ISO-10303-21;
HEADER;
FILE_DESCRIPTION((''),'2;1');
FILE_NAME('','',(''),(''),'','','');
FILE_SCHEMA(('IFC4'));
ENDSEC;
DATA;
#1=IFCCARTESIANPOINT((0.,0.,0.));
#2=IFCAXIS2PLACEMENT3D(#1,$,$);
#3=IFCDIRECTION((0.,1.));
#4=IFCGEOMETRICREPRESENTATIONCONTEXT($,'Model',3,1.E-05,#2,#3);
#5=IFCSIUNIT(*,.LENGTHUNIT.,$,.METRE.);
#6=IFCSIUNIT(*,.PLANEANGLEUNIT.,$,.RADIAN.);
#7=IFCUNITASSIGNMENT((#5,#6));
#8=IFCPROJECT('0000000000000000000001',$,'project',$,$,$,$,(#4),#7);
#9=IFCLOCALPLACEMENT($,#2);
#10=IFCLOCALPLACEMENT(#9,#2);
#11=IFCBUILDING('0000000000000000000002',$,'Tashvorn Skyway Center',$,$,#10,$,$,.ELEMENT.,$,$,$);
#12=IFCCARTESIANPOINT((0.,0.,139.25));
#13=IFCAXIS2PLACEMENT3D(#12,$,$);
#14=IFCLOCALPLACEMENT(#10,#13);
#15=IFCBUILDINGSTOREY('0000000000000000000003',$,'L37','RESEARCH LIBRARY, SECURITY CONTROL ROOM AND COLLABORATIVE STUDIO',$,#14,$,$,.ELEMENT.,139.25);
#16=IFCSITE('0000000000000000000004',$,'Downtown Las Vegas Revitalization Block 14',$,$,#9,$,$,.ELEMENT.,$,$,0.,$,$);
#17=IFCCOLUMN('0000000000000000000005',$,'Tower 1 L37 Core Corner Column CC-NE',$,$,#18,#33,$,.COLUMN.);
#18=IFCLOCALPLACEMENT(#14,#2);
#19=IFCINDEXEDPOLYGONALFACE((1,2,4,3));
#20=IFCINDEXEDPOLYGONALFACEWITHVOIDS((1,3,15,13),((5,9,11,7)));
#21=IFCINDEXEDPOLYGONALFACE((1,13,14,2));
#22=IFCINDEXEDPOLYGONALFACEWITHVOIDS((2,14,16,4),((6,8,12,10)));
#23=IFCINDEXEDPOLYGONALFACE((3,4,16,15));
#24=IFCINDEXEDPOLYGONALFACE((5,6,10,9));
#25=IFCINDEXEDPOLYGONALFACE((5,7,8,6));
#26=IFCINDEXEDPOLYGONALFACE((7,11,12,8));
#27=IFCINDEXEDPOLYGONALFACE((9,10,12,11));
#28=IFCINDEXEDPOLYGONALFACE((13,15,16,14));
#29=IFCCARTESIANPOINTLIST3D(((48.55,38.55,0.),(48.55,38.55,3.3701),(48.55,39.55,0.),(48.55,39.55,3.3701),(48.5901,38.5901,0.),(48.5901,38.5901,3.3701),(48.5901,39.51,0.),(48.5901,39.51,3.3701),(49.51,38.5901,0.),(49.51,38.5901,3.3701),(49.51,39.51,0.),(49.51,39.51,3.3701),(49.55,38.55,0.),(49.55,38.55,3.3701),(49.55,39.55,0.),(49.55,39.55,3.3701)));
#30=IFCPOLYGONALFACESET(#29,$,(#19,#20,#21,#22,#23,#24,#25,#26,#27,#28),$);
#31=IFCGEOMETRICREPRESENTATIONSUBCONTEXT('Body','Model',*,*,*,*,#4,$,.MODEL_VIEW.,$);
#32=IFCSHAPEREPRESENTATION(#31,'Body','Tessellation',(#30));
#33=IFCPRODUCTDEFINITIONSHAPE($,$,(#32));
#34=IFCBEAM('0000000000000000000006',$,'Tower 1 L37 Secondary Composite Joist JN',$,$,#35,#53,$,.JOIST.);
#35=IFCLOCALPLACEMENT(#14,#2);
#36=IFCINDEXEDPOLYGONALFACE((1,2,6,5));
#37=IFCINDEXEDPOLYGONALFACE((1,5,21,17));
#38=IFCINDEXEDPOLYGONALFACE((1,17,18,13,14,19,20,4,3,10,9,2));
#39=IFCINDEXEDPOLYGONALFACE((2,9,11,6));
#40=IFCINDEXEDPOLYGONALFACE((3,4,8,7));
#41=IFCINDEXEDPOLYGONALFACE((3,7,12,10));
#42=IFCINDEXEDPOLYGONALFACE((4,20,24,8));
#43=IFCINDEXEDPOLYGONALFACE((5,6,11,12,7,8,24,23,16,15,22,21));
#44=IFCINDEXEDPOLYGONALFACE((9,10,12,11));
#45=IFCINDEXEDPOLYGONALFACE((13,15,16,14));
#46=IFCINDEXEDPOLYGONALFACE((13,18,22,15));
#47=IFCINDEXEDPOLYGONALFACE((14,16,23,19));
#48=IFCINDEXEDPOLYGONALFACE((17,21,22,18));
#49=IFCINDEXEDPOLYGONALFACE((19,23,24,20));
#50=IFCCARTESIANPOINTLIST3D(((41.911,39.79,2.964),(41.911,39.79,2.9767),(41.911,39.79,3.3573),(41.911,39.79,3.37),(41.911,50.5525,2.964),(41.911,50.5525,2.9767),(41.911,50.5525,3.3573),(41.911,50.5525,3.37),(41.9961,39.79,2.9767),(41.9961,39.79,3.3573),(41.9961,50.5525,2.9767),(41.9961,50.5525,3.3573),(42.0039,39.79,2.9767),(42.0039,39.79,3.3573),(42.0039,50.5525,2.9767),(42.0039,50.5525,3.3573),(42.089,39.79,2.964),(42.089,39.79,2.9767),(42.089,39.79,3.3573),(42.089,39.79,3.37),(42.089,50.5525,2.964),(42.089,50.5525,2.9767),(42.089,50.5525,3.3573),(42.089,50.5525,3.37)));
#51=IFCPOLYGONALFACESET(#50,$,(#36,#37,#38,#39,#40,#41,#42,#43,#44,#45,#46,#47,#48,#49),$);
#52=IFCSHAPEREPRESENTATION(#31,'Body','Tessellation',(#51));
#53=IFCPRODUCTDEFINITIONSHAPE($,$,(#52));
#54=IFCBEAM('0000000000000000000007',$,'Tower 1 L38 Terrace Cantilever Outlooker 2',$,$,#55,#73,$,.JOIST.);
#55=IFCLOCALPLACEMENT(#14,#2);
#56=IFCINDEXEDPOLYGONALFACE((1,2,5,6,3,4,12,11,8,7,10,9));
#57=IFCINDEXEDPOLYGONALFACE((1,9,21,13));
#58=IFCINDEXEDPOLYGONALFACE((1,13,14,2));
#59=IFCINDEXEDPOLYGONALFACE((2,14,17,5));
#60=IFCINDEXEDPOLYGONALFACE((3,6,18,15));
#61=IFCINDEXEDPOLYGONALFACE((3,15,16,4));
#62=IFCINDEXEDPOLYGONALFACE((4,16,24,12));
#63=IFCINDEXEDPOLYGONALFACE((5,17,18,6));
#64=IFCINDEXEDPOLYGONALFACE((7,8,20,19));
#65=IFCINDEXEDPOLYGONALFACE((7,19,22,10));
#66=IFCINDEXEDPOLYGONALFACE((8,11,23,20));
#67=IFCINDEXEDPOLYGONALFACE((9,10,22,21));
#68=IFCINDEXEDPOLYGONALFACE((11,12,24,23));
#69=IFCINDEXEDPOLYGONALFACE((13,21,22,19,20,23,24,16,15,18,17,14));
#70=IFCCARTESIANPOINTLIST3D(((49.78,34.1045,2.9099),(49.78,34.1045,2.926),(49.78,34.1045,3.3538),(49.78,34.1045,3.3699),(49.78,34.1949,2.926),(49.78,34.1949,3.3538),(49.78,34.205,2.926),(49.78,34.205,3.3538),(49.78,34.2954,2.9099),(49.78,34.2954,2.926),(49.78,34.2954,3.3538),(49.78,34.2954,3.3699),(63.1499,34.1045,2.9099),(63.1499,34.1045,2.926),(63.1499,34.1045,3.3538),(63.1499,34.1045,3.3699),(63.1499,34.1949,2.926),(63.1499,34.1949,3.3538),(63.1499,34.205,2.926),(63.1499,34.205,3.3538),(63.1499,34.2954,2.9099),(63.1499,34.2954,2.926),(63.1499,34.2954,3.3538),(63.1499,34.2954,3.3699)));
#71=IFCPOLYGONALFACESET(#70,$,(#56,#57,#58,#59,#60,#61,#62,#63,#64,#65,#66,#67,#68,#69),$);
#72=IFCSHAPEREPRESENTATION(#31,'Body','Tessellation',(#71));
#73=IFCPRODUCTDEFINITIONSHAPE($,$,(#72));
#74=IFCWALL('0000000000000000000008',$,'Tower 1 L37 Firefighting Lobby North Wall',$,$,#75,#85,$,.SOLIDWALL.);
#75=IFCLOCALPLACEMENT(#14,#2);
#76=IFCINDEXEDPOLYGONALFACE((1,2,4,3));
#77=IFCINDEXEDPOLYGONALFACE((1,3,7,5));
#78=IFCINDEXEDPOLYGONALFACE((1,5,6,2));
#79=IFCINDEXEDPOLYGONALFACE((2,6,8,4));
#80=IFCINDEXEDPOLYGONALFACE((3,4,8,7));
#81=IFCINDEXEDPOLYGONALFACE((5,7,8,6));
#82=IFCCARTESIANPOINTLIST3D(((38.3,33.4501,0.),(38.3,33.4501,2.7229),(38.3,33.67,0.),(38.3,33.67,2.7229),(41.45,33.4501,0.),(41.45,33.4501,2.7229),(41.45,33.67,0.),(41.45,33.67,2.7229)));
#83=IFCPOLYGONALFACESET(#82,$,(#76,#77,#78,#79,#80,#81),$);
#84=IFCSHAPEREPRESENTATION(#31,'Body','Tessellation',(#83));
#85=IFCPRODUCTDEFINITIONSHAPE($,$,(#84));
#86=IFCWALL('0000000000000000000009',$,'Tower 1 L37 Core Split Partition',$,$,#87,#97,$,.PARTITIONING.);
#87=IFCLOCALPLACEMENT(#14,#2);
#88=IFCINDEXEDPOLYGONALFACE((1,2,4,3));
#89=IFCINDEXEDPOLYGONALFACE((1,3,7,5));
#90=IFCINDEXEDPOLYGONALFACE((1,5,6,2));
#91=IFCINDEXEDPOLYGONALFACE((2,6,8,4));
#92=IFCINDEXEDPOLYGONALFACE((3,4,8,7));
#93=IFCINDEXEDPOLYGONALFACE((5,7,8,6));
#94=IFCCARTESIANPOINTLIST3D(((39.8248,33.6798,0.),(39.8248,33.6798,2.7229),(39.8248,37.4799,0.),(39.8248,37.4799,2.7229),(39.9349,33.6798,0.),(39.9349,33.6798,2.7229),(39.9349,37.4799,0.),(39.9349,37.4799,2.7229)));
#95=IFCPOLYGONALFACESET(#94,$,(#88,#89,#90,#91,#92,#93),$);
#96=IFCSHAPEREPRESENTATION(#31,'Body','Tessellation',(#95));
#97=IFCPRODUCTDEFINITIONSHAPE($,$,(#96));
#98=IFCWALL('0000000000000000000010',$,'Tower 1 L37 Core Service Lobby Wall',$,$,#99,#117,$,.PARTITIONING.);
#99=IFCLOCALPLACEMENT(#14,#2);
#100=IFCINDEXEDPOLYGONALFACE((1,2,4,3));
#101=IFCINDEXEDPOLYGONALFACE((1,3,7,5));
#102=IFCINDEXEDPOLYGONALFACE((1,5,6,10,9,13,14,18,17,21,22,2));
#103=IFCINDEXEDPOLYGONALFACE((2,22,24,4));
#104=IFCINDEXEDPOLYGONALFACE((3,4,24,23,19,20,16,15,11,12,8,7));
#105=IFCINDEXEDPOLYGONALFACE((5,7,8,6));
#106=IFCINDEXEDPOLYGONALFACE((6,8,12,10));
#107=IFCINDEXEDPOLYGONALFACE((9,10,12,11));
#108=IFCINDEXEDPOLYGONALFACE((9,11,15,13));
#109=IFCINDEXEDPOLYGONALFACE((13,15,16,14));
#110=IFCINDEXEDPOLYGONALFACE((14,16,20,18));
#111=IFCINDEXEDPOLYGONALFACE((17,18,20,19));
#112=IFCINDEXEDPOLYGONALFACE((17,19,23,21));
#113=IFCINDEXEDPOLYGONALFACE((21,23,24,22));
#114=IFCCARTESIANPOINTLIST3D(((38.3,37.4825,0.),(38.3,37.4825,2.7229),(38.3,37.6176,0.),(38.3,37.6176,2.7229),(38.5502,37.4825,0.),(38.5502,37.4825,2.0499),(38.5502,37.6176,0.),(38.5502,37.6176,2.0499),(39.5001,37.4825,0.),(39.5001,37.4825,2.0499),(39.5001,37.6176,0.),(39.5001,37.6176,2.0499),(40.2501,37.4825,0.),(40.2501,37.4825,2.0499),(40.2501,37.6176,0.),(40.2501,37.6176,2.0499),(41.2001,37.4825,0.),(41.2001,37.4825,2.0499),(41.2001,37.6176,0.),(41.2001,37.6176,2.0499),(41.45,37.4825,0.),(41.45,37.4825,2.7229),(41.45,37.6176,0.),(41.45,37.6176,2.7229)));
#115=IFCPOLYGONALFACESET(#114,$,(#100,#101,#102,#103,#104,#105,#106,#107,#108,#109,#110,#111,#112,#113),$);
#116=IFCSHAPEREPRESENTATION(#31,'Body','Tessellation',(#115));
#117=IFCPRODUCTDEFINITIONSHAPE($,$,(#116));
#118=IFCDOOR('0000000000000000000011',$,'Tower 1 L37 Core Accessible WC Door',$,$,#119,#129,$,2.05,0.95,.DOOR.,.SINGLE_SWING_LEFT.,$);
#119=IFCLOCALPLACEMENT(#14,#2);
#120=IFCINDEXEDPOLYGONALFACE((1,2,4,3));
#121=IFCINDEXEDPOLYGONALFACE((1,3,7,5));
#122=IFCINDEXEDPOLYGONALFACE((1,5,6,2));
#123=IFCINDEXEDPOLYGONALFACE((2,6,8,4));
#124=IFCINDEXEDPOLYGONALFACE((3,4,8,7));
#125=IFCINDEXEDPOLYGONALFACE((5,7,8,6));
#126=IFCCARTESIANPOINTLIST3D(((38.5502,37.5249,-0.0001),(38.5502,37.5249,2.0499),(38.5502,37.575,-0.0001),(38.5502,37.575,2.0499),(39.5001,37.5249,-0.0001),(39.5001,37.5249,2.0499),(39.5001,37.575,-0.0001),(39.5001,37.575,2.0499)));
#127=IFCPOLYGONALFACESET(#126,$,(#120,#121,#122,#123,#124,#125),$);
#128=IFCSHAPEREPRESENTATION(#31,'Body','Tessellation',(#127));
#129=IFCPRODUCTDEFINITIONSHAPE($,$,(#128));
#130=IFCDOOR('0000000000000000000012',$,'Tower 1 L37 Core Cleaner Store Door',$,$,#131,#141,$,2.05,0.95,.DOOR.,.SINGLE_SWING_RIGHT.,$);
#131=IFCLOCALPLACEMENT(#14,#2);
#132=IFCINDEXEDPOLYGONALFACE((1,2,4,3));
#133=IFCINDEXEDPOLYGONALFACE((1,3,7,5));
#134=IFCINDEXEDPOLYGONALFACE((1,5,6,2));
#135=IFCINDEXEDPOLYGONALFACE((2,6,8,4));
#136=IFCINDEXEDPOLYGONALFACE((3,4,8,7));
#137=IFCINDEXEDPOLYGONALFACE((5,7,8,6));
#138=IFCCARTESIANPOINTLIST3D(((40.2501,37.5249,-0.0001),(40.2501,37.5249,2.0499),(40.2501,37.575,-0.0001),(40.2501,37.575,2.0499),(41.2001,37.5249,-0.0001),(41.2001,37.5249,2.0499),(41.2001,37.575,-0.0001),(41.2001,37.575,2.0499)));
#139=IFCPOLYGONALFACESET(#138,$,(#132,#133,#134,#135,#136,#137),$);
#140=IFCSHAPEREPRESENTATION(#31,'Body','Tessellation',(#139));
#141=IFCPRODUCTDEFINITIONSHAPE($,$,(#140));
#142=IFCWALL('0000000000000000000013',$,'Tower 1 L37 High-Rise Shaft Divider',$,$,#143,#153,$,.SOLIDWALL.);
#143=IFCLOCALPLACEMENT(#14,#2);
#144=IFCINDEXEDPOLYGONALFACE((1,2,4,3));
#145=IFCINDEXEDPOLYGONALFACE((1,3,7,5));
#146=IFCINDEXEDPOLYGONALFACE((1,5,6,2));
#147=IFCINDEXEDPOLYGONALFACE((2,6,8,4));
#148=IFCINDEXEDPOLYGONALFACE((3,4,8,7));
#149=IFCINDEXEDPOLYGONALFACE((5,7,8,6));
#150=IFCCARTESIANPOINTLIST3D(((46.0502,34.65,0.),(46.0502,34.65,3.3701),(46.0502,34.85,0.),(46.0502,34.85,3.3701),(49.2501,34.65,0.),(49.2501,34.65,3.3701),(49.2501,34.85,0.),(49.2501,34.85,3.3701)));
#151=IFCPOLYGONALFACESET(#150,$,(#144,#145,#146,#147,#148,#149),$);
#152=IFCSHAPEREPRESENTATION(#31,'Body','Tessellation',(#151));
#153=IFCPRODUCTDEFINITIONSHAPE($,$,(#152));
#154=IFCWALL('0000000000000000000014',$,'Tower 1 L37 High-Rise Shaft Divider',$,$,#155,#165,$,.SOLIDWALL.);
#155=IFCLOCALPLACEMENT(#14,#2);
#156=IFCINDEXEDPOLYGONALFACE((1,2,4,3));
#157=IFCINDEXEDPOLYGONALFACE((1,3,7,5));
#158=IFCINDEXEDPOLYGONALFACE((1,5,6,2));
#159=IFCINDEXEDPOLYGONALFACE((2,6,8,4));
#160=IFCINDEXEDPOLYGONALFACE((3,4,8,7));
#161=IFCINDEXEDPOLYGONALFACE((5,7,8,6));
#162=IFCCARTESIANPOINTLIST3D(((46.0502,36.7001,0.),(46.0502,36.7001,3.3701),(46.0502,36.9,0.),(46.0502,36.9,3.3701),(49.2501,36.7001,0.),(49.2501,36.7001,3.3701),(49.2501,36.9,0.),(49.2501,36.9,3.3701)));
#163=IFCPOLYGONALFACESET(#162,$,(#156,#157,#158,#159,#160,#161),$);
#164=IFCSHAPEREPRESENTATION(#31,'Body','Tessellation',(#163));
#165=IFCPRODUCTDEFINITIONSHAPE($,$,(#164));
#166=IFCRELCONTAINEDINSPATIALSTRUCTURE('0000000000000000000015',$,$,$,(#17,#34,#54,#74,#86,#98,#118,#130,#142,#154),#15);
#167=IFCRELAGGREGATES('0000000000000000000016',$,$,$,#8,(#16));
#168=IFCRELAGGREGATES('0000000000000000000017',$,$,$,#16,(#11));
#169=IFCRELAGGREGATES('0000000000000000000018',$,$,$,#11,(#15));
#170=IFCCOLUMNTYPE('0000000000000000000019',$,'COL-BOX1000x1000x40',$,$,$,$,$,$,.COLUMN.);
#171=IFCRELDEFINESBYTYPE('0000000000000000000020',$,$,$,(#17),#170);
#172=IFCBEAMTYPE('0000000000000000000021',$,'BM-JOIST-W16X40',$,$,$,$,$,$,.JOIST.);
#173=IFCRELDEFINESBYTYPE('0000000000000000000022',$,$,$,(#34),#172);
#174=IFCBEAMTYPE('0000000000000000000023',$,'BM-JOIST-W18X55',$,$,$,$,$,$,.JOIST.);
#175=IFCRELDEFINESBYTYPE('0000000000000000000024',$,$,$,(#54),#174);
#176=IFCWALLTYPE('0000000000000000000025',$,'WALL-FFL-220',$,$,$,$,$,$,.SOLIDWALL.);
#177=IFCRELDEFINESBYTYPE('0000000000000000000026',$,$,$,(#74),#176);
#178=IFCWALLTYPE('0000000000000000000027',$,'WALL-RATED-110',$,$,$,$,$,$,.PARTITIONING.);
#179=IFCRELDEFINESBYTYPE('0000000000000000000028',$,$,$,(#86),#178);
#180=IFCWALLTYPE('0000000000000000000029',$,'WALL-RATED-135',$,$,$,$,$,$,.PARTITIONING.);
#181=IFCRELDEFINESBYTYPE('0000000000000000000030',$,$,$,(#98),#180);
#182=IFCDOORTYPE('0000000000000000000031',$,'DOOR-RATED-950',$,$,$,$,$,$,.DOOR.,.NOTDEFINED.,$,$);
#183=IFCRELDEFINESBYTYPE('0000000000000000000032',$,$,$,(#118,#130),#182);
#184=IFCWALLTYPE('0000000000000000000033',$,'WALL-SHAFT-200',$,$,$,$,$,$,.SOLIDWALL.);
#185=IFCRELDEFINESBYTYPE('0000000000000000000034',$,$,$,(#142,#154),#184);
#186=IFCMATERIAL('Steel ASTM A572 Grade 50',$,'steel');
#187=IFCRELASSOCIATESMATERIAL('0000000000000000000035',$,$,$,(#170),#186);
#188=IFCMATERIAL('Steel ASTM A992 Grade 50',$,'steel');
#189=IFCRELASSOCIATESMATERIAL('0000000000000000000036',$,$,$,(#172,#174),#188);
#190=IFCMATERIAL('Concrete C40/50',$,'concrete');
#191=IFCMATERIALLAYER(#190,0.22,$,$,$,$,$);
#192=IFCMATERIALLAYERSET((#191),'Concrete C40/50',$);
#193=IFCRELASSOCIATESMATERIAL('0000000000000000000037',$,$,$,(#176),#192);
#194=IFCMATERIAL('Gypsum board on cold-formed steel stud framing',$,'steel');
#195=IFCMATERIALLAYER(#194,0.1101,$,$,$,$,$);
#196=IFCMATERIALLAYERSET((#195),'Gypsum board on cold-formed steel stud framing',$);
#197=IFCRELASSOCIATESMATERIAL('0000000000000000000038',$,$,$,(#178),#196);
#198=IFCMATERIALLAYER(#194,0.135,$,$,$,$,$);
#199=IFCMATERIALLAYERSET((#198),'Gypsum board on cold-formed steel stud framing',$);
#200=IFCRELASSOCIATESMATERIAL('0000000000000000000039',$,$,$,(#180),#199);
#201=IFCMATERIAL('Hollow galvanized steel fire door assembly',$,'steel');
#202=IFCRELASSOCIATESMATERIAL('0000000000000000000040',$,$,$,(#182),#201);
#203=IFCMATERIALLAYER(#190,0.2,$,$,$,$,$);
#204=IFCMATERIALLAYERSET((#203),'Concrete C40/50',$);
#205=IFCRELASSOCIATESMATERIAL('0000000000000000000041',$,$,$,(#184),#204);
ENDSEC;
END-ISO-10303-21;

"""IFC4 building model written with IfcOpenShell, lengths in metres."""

from ifc_helpers import new_model, si_unit, direction, frame, frame_2d, origin, origin_2d, place, context, subcontext, project, spatial, rectangle, hollow_rectangle, i_section, extrude, material, layer, layer_set, material_profile, profile_set, type_object, element, fill, save


model = new_model("IFC4")

# Units and contexts
model_context = context("Model", 3, precision=1e-05, world=origin(), true_north=direction((0.0, 1.0)))
body_context = subcontext(model_context, "Body", "Model", "MODEL_VIEW")
ifc_project = project(units=[si_unit("LENGTHUNIT", "METRE"), si_unit("PLANEANGLEUNIT", "RADIAN")], contexts=[model_context])

# Site, building, storey
site_placement = place(None, origin())
site = spatial("IfcSite", under=ifc_project, at=site_placement, Name="Downtown Las Vegas Revitalization Block 14", CompositionType="ELEMENT", RefElevation=0.0)
building_placement = place(site_placement, origin())
building = spatial("IfcBuilding", under=site, at=building_placement, Name="Tashvorn Skyway Center", CompositionType="ELEMENT")
storey_placement = place(building_placement, frame((0.0, 0.0, 139.25)))
storey = spatial("IfcBuildingStorey", under=building, at=storey_placement, Name="L37", Description="RESEARCH LIBRARY, SECURITY CONTROL ROOM AND COLLABORATIVE STUDIO", CompositionType="ELEMENT", Elevation=139.25)

# Column
ifc_material_1 = material(Name="Steel ASTM A572 Grade 50", Category="steel")
ifc_material_profile_1 = material_profile(ifc_material_1, hollow_rectangle(XDim=1.0, YDim=1.0, WallThickness=0.04, at=origin_2d()), Name="BOX1000x1000x40")
ifc_profile_set_1 = profile_set([ifc_material_profile_1], Name="Steel ASTM A572 Grade 50")
column_type = type_object("IfcColumnType", Name="COL-BOX1000x1000x40", PredefinedType="COLUMN", material=ifc_profile_set_1)
column_placement = place(storey_placement, frame((49.05, 39.05, 0.0), z_axis=(0.0, 0.0, 1.0), x_axis=(1.0, 0.0, 0.0)))
element("IfcColumn", 1, at=column_placement, inside=storey, type_object=column_type, Name="Tower 1 L37 Core Corner Column CC-NE", PredefinedType="COLUMN", context=body_context, shape_type="SweptSolid", body=[
    extrude(hollow_rectangle(XDim=1.0, YDim=1.0, WallThickness=0.04, at=origin_2d()), origin(), (0.0, 0.0, 1.0), 3.3701),
])

# Beams
ifc_material_2 = material(Name="Steel ASTM A992 Grade 50", Category="steel")
ifc_material_profile_2 = material_profile(ifc_material_2, i_section(OverallWidth=0.178, OverallDepth=0.406, WebThickness=0.0078, FlangeThickness=0.0127, at=origin_2d()), Name="W16X40")
ifc_profile_set_2 = profile_set([ifc_material_profile_2], Name="Steel ASTM A992 Grade 50")
beam_type_1 = type_object("IfcBeamType", Name="BM-JOIST-W16X40", PredefinedType="JOIST", material=ifc_profile_set_2)
beam_1_placement = place(storey_placement, frame((42.0, 39.79, 3.167), z_axis=(0.0, 1.0, 0.0), x_axis=(-1.0, 0.0, 0.0)))
element("IfcBeam", 2, at=beam_1_placement, inside=storey, type_object=beam_type_1, Name="Tower 1 L37 Secondary Composite Joist JN", PredefinedType="JOIST", context=body_context, shape_type="SweptSolid", body=[
    extrude(i_section(OverallWidth=0.178, OverallDepth=0.406, WebThickness=0.0078, FlangeThickness=0.0127, at=origin_2d()), origin(), (0.0, 0.0, 1.0), 10.7625),
])
ifc_material_profile_3 = material_profile(ifc_material_2, i_section(OverallWidth=0.1909, OverallDepth=0.46, WebThickness=0.01, FlangeThickness=0.0161, at=origin_2d()), Name="W18X55")
ifc_profile_set_3 = profile_set([ifc_material_profile_3], Name="Steel ASTM A992 Grade 50")
beam_type_2 = type_object("IfcBeamType", Name="BM-JOIST-W18X55", PredefinedType="JOIST", material=ifc_profile_set_3)
beam_2_placement = place(storey_placement, frame((49.78, 34.2, 3.1399), z_axis=(1.0, 0.0, 0.0), x_axis=(0.0, 1.0, 0.0)))
element("IfcBeam", 3, at=beam_2_placement, inside=storey, type_object=beam_type_2, Name="Tower 1 L38 Terrace Cantilever Outlooker 2", PredefinedType="JOIST", context=body_context, shape_type="SweptSolid", body=[
    extrude(i_section(OverallWidth=0.1909, OverallDepth=0.46, WebThickness=0.01, FlangeThickness=0.0161, at=origin_2d()), origin(), (0.0, 0.0, 1.0), 13.3699),
])

# Walls
ifc_material_3 = material(Name="Concrete C40/50", Category="concrete")
ifc_layer_1 = layer(ifc_material_3, 0.22)
ifc_layer_set_1 = layer_set([ifc_layer_1], Name="Concrete C40/50")
wall_type_1 = type_object("IfcWallType", Name="WALL-FFL-220", PredefinedType="SOLIDWALL", material=ifc_layer_set_1)
wall_1_placement = place(storey_placement, frame((38.3, 33.5601, 0.0), z_axis=(0.0, 0.0, 1.0), x_axis=(1.0, 0.0, 0.0)))
element("IfcWall", 4, at=wall_1_placement, inside=storey, type_object=wall_type_1, Name="Tower 1 L37 Firefighting Lobby North Wall", PredefinedType="SOLIDWALL", context=body_context, shape_type="SweptSolid", body=[
    extrude(rectangle(XDim=3.1499, YDim=0.22, at=frame_2d((1.575, 0.0))), origin(), (0.0, 0.0, 1.0), 2.7229),
])
ifc_material_4 = material(Name="Gypsum board on cold-formed steel stud framing", Category="steel")
ifc_layer_2 = layer(ifc_material_4, 0.1101)
ifc_layer_set_2 = layer_set([ifc_layer_2], Name="Gypsum board on cold-formed steel stud framing")
wall_type_2 = type_object("IfcWallType", Name="WALL-RATED-110", PredefinedType="PARTITIONING", material=ifc_layer_set_2)
wall_2_placement = place(storey_placement, frame((39.8799, 33.6799, 0.0), z_axis=(0.0, 0.0, 1.0), x_axis=(0.0, 1.0, 0.0)))
element("IfcWall", 5, at=wall_2_placement, inside=storey, type_object=wall_type_2, Name="Tower 1 L37 Core Split Partition", PredefinedType="PARTITIONING", context=body_context, shape_type="SweptSolid", body=[
    extrude(rectangle(XDim=3.8, YDim=0.1101, at=frame_2d((1.8999, 0.0))), origin(), (0.0, 0.0, 1.0), 2.7229),
])

# Wall, openings, doors
ifc_layer_3 = layer(ifc_material_4, 0.135)
ifc_layer_set_3 = layer_set([ifc_layer_3], Name="Gypsum board on cold-formed steel stud framing")
wall_type_3 = type_object("IfcWallType", Name="WALL-RATED-135", PredefinedType="PARTITIONING", material=ifc_layer_set_3)
wall_3_placement = place(storey_placement, frame((38.3, 37.55, 0.0), z_axis=(0.0, 0.0, 1.0), x_axis=(1.0, 0.0, 0.0)))
wall_3 = element("IfcWall", 6, at=wall_3_placement, inside=storey, type_object=wall_type_3, Name="Tower 1 L37 Core Service Lobby Wall", PredefinedType="PARTITIONING", context=body_context, shape_type="SweptSolid", body=[
    extrude(rectangle(XDim=3.1499, YDim=0.135, at=frame_2d((1.575, 0.0))), origin(), (0.0, 0.0, 1.0), 2.7229),
])
opening_1_placement = place(wall_3_placement, frame((0.25, 0.0, 0.0)))
opening_1 = element("IfcOpeningElement", 7, at=opening_1_placement, cuts=wall_3, PredefinedType="OPENING", context=body_context, shape_type="SweptSolid", body=[
    extrude(rectangle(XDim=0.95, YDim=2.05, at=frame_2d((0.4751, 1.0249))), frame((0.0, 0.0774, 0.0), z_axis=(0.0, -1.0, 0.0), x_axis=(1.0, 0.0, 0.0)), (0.0, 0.0, 1.0), 0.155),
])
opening_2_placement = place(wall_3_placement, frame((1.95, 0.0, 0.0)))
opening_2 = element("IfcOpeningElement", 8, at=opening_2_placement, cuts=wall_3, PredefinedType="OPENING", context=body_context, shape_type="SweptSolid", body=[
    extrude(rectangle(XDim=0.95, YDim=2.05, at=frame_2d((0.4751, 1.0249))), frame((0.0, 0.0774, 0.0), z_axis=(0.0, -1.0, 0.0), x_axis=(1.0, 0.0, 0.0)), (0.0, 0.0, 1.0), 0.155),
])
ifc_material_5 = material(Name="Hollow galvanized steel fire door assembly", Category="steel")
door_type_1 = type_object("IfcDoorType", Name="DOOR-RATED-950", OperationType="NOTDEFINED", PredefinedType="DOOR", material=ifc_material_5)
door_1_placement = place(opening_1_placement, origin())
door_1 = element("IfcDoor", 9, at=door_1_placement, inside=storey, type_object=door_type_1, Name="Tower 1 L37 Core Accessible WC Door", OperationType="SINGLE_SWING_LEFT", OverallHeight=2.05, OverallWidth=0.95, PredefinedType="DOOR", context=body_context, shape_type="SweptSolid", body=[
    extrude(rectangle(XDim=0.95, YDim=2.05, at=frame_2d((0.4751, 1.0249))), frame((0.0, 0.0249, 0.0), z_axis=(0.0, -1.0, 0.0), x_axis=(1.0, 0.0, 0.0)), (0.0, 0.0, 1.0), 0.05),
])
fill(opening_1, door_1)
door_2_placement = place(opening_2_placement, origin())
door_2 = element("IfcDoor", 10, at=door_2_placement, inside=storey, type_object=door_type_1, Name="Tower 1 L37 Core Cleaner Store Door", OperationType="SINGLE_SWING_RIGHT", OverallHeight=2.05, OverallWidth=0.95, PredefinedType="DOOR", context=body_context, shape_type="SweptSolid", body=[
    extrude(rectangle(XDim=0.95, YDim=2.05, at=frame_2d((0.4751, 1.0249))), frame((0.0, 0.0249, 0.0), z_axis=(0.0, -1.0, 0.0), x_axis=(1.0, 0.0, 0.0)), (0.0, 0.0, 1.0), 0.05),
])
fill(opening_2, door_2)

# Walls
ifc_layer_4 = layer(ifc_material_3, 0.2)
ifc_layer_set_4 = layer_set([ifc_layer_4], Name="Concrete C40/50")
wall_type_4 = type_object("IfcWallType", Name="WALL-SHAFT-200", PredefinedType="SOLIDWALL", material=ifc_layer_set_4)
for number, where, z_axis, x_axis, name in (
    (11, (46.05, 34.75, 0.0), (0.0, 0.0, 1.0), (1.0, 0.0, 0.0), "Tower 1 L37 High-Rise Shaft Divider"),
    (12, (46.05, 36.8, 0.0), (0.0, 0.0, 1.0), (1.0, 0.0, 0.0), "Tower 1 L37 High-Rise Shaft Divider"),
):
    element("IfcWall", number, at=place(storey_placement, frame(where, z_axis=z_axis, x_axis=x_axis)), inside=storey, type_object=wall_type_4, Name=name, PredefinedType="SOLIDWALL", context=body_context, shape_type="SweptSolid", body=[
        extrude(rectangle(XDim=3.2, YDim=0.2, at=frame_2d((1.6001, 0.0))), origin(), (0.0, 0.0, 1.0), 3.3701),
    ])

save(model, "model.ifc")
